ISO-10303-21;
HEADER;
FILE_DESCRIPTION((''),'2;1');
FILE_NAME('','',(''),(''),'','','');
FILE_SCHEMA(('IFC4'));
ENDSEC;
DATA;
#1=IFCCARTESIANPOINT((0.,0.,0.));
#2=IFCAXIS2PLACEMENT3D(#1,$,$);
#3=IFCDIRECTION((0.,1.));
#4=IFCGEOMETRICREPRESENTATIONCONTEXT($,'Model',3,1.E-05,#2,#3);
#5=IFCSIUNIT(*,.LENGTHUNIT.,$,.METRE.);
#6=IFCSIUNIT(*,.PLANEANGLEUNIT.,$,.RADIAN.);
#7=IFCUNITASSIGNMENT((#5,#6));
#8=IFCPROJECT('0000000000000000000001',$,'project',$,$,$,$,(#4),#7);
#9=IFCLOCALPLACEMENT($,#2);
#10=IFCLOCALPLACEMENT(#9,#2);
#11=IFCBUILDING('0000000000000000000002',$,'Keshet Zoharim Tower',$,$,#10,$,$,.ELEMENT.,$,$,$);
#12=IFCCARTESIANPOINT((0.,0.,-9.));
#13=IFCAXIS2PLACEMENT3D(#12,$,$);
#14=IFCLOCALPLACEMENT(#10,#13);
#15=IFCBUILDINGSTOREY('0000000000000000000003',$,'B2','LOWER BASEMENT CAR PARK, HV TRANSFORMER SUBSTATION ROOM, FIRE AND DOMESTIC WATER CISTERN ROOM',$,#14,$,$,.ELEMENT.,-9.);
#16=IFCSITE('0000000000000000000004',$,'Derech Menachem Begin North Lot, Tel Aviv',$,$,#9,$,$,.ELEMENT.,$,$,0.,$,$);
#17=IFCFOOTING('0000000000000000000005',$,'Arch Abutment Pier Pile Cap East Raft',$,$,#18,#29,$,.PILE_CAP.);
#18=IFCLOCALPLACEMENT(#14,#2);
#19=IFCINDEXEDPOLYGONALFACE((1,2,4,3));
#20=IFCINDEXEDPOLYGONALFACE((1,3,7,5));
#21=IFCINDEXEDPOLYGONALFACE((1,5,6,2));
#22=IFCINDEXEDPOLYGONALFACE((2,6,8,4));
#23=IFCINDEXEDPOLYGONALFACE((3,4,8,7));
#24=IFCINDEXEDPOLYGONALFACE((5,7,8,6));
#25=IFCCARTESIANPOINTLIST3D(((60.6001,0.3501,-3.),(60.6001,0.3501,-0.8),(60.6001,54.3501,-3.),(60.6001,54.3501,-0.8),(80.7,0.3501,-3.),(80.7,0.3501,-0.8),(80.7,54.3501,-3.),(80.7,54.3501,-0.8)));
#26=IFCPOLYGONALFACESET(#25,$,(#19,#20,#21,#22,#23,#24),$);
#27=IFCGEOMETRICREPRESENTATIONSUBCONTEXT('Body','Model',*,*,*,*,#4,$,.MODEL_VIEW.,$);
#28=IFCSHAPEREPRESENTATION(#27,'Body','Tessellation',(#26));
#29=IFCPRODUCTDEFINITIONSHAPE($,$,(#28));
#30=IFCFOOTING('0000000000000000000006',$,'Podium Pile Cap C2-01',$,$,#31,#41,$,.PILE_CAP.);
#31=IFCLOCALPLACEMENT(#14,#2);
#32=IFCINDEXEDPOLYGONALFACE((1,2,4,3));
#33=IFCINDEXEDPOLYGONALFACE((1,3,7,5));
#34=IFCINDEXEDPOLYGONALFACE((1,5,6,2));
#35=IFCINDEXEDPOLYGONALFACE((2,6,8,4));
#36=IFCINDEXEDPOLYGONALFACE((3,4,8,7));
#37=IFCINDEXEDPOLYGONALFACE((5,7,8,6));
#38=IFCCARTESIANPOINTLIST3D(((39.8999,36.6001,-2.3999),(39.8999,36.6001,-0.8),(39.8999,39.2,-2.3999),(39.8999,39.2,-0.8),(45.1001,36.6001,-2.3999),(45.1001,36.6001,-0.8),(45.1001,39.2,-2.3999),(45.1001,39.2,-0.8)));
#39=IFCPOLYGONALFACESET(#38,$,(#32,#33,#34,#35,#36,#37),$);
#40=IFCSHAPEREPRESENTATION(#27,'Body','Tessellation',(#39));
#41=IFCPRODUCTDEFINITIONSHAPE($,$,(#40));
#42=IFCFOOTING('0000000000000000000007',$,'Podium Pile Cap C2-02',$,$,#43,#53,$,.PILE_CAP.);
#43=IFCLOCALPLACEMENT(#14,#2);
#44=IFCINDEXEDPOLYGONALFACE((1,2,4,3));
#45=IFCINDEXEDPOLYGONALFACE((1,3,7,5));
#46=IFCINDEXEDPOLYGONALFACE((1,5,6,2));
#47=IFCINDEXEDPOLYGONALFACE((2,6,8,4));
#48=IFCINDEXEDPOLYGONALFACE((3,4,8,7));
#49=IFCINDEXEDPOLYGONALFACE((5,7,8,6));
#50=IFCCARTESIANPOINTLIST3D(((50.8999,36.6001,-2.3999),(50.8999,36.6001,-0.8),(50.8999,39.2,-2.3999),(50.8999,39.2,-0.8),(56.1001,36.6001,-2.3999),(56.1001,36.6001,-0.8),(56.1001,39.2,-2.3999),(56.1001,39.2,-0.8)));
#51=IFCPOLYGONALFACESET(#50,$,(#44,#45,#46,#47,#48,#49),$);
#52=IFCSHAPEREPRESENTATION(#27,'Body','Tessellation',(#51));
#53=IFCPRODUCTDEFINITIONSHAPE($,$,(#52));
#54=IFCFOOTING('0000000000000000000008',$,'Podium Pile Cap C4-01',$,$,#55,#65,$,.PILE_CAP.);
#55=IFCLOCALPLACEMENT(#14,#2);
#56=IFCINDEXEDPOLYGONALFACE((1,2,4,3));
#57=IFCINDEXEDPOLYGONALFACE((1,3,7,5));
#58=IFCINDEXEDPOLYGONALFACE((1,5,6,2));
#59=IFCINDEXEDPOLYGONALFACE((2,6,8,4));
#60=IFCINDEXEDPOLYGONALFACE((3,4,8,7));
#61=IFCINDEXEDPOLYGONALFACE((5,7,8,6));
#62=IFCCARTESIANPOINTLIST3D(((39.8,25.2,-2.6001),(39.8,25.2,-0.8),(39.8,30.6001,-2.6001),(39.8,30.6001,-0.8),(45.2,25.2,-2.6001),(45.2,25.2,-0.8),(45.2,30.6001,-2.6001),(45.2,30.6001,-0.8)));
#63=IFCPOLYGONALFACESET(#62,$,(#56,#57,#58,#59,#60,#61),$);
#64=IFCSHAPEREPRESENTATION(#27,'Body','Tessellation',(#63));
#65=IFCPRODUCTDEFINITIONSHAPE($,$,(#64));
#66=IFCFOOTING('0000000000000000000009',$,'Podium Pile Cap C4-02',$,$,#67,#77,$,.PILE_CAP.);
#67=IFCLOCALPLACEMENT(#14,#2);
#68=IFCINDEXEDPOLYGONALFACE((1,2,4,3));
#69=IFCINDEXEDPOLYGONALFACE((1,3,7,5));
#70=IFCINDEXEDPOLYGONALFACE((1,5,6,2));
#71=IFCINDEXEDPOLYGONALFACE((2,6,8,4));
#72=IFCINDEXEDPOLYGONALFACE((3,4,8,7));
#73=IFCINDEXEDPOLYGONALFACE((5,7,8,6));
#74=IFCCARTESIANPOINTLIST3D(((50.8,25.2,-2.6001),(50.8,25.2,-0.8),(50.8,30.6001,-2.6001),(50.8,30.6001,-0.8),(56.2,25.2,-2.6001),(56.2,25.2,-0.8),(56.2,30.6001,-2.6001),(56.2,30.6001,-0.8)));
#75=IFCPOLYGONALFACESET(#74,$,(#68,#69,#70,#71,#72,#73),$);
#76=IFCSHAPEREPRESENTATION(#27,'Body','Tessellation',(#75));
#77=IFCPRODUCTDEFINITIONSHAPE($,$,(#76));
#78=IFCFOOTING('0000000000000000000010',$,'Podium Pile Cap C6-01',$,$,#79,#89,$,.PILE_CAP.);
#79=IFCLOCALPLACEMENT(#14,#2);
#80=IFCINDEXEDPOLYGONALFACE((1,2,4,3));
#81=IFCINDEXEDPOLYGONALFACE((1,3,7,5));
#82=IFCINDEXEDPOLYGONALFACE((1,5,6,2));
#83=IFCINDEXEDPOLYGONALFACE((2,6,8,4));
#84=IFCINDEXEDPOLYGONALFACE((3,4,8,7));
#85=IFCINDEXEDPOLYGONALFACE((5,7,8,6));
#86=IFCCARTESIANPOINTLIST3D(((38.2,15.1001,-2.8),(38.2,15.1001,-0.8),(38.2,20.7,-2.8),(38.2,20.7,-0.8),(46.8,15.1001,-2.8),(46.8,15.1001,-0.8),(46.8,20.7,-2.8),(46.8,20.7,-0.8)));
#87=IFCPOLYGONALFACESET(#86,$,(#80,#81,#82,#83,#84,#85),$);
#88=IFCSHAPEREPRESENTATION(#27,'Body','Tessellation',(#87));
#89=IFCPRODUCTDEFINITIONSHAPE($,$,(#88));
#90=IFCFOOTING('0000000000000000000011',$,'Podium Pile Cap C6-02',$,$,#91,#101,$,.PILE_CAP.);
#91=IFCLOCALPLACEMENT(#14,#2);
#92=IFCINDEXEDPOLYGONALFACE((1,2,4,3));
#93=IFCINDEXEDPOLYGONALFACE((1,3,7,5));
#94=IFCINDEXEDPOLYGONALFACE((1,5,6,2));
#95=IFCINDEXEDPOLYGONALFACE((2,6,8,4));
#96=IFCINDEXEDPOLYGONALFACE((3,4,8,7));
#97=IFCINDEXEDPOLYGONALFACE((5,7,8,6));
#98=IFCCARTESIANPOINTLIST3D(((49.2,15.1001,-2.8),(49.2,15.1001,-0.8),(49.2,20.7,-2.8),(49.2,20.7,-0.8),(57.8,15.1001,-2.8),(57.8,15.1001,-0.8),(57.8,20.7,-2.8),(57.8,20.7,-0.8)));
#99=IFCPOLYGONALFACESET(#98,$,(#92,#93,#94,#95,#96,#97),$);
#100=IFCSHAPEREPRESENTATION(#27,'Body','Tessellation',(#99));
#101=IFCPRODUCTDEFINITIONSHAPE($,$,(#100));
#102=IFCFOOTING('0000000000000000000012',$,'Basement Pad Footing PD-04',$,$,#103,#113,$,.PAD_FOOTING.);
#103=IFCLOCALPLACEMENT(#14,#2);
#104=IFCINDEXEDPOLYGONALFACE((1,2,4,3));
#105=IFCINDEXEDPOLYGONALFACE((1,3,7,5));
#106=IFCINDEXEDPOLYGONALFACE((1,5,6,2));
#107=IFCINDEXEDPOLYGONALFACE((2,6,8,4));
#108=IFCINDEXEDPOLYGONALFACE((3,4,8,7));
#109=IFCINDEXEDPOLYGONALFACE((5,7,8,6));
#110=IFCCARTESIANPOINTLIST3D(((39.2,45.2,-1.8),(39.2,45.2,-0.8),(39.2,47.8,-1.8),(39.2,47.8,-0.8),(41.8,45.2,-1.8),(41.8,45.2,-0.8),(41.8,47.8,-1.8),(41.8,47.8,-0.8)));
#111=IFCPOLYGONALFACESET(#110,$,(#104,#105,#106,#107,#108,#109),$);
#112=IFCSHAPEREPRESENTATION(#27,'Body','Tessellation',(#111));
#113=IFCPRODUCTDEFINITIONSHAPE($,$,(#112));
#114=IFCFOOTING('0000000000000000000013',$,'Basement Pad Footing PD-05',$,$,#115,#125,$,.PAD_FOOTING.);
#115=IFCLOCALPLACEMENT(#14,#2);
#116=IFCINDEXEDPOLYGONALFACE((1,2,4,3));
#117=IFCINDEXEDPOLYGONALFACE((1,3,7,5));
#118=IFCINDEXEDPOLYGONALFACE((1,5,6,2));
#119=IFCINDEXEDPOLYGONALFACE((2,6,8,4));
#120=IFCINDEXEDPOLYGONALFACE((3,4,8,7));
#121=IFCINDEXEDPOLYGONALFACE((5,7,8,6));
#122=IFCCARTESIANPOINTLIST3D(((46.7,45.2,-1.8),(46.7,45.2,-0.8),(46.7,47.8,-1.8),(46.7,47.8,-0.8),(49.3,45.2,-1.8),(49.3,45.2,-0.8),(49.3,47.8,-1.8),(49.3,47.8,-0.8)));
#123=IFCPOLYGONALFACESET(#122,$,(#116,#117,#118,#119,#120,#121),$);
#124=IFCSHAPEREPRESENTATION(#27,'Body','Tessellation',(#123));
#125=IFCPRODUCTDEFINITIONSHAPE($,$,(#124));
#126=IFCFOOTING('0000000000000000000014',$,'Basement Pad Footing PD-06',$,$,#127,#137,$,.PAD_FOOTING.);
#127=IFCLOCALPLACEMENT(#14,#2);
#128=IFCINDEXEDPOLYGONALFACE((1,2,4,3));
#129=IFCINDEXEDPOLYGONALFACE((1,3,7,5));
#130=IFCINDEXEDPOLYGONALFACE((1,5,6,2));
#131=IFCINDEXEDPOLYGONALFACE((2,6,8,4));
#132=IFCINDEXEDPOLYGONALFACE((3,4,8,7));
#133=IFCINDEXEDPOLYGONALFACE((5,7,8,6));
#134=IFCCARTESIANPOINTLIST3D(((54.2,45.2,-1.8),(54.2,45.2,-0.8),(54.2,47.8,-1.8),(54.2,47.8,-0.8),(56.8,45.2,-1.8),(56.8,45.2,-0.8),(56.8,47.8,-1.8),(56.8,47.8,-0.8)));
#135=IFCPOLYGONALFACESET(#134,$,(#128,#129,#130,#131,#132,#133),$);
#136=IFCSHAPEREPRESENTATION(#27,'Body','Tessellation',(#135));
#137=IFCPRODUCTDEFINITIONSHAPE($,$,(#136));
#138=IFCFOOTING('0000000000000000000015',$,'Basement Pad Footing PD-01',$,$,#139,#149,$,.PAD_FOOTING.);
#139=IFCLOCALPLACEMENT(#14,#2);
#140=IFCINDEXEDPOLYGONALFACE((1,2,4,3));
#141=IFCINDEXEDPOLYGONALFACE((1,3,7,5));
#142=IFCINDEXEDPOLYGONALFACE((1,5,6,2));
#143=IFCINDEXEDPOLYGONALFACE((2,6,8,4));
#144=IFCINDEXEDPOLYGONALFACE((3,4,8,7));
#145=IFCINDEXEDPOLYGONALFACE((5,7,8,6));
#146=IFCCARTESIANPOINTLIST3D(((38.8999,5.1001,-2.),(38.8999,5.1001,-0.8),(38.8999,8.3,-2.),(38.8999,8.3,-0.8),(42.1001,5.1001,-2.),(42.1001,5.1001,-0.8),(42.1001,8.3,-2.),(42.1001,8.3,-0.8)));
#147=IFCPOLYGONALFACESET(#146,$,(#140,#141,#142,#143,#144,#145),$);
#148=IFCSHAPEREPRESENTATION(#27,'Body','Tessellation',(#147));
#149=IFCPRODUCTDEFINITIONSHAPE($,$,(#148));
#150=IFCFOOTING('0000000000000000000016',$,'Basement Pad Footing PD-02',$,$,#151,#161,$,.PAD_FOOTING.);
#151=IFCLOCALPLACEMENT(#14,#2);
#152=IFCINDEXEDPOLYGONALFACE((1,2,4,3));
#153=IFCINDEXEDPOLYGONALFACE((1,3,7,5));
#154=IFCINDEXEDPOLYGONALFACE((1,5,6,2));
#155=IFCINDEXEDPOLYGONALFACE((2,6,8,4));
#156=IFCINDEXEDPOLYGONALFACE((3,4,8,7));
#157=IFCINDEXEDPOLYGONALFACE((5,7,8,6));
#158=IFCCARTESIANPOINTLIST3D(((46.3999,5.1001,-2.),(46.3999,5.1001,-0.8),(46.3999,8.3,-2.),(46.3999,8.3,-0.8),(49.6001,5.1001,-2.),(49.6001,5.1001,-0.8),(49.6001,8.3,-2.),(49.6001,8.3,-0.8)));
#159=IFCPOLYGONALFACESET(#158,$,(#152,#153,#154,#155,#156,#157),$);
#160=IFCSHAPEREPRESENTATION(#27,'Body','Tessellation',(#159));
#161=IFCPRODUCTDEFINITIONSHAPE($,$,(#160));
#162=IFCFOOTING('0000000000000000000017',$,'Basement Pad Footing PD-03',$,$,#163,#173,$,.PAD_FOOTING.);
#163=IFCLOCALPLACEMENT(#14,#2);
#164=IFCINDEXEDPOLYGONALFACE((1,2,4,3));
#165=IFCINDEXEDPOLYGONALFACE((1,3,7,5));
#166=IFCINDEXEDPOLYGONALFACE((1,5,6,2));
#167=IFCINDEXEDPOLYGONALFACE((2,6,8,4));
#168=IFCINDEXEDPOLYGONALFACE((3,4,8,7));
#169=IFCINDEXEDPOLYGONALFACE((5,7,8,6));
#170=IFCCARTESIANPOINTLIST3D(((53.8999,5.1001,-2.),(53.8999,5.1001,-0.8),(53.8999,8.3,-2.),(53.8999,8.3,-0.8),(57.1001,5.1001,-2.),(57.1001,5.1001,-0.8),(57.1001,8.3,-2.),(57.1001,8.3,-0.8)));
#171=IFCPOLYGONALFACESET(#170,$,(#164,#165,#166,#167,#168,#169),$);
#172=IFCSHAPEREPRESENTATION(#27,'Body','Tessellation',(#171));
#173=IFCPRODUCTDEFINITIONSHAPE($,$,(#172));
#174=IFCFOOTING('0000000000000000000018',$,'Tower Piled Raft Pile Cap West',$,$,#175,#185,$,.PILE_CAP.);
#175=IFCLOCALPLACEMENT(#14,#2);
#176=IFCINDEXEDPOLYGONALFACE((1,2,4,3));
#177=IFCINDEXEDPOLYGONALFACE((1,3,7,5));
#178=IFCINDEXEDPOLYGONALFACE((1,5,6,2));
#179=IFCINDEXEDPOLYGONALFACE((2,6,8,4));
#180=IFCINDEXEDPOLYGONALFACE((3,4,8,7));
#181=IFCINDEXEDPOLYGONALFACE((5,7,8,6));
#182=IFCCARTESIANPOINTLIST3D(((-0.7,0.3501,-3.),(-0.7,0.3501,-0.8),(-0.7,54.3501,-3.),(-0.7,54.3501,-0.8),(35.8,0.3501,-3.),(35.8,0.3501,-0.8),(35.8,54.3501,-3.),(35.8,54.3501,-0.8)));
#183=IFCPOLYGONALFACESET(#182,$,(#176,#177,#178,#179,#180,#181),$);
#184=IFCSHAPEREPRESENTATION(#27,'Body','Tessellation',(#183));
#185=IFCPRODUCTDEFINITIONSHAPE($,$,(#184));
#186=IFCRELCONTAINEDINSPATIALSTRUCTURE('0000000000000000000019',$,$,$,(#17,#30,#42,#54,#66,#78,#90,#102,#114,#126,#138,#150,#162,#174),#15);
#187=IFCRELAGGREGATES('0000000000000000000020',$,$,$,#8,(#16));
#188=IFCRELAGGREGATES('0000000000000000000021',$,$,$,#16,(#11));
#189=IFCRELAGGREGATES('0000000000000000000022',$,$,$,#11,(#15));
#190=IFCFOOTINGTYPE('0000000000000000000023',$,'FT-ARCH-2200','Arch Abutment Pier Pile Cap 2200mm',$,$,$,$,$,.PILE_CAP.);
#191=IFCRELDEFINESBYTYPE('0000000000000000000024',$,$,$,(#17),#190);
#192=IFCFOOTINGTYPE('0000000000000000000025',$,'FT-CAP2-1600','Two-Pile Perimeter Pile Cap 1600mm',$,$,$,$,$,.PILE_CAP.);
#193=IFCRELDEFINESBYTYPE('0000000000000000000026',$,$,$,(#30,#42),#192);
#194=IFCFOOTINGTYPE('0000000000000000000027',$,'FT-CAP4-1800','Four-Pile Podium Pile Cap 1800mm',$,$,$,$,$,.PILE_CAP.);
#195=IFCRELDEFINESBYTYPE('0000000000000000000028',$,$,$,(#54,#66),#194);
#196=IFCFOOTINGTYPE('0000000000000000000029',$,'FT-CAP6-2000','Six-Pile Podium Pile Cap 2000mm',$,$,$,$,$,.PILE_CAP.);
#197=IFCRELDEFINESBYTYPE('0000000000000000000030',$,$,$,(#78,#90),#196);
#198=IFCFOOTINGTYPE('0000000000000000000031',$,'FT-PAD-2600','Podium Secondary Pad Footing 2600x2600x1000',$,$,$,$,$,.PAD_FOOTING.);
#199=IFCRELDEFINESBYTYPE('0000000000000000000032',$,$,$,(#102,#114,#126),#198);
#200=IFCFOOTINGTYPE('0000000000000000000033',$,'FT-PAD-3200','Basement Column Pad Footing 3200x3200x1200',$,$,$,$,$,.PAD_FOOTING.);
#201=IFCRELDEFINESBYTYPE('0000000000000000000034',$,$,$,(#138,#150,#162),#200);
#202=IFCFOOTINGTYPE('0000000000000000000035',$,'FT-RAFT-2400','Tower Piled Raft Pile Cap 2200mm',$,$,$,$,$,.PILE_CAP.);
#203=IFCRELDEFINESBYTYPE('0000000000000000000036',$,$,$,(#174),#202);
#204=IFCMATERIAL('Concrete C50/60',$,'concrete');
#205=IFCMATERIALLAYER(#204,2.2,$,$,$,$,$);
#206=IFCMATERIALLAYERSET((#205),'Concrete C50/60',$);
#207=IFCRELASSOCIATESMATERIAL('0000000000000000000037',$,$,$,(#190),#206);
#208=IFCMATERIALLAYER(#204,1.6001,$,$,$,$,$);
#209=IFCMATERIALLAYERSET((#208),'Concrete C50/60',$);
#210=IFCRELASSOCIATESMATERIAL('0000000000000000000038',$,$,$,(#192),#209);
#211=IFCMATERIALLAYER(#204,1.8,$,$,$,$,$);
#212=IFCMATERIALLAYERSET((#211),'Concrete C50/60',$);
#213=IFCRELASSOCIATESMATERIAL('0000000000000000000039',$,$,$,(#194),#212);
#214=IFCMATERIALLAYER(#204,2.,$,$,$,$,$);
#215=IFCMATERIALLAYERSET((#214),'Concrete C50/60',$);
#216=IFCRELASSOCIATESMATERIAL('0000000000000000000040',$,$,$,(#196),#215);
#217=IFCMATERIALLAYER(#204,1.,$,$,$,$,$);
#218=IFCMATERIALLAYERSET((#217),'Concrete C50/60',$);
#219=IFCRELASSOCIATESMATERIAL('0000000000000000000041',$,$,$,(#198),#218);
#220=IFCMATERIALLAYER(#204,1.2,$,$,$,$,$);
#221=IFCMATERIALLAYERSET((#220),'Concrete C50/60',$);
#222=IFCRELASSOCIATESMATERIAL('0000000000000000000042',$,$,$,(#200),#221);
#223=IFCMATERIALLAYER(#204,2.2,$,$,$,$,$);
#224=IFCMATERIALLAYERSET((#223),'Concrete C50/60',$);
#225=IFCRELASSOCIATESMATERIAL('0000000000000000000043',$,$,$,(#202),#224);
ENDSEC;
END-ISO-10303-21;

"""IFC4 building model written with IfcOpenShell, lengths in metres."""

from ifc_helpers import new_model, si_unit, direction, frame, origin, place, context, subcontext, project, spatial, polyline, outline, extrude, material, layer, layer_set, type_object, element, save


model = new_model("IFC4")

# Units and contexts
model_context = context("Model", 3, precision=1e-05, world=origin(), true_north=direction((0.0, 1.0)))
body_context = subcontext(model_context, "Body", "Model", "MODEL_VIEW")
ifc_project = project(units=[si_unit("LENGTHUNIT", "METRE"), si_unit("PLANEANGLEUNIT", "RADIAN")], contexts=[model_context])

# Site, building, storey
site_placement = place(None, origin())
site = spatial("IfcSite", under=ifc_project, at=site_placement, Name="Derech Menachem Begin North Lot, Tel Aviv", CompositionType="ELEMENT", RefElevation=0.0)
building_placement = place(site_placement, origin())
building = spatial("IfcBuilding", under=site, at=building_placement, Name="Keshet Zoharim Tower", CompositionType="ELEMENT")
storey_placement = place(building_placement, frame((0.0, 0.0, -9.0)))
storey = spatial("IfcBuildingStorey", under=building, at=storey_placement, Name="B2", Description="LOWER BASEMENT CAR PARK, HV TRANSFORMER SUBSTATION ROOM, FIRE AND DOMESTIC WATER CISTERN ROOM", CompositionType="ELEMENT", Elevation=-9.0)

# Footings
ifc_material_1 = material(Name="Concrete C50/60", Category="concrete")
ifc_layer_1 = layer(ifc_material_1, 2.2)
ifc_layer_set_1 = layer_set([ifc_layer_1], Name="Concrete C50/60")
footing_type_1 = type_object("IfcFootingType", Name="FT-ARCH-2200", Description="Arch Abutment Pier Pile Cap 2200mm", PredefinedType="PILE_CAP", material=ifc_layer_set_1)
footing_1_placement = place(storey_placement, frame((0.0, 0.0, -3.0)))
element("IfcFooting", 1, at=footing_1_placement, inside=storey, type_object=footing_type_1, Name="Arch Abutment Pier Pile Cap East Raft", PredefinedType="PILE_CAP", context=body_context, shape_type="SweptSolid", body=[
    extrude(outline(polyline([(60.6001, 0.3501), (80.7, 0.3501), (80.7, 54.3501), (60.6001, 54.3501), (60.6001, 0.3501)])), origin(), (0.0, 0.0, 1.0), 2.2),
])
ifc_layer_2 = layer(ifc_material_1, 1.6001)
ifc_layer_set_2 = layer_set([ifc_layer_2], Name="Concrete C50/60")
footing_type_2 = type_object("IfcFootingType", Name="FT-CAP2-1600", Description="Two-Pile Perimeter Pile Cap 1600mm", PredefinedType="PILE_CAP", material=ifc_layer_set_2)
footing_2_placement = place(storey_placement, frame((0.0, 0.0, -2.3999)))
element("IfcFooting", 2, at=footing_2_placement, inside=storey, type_object=footing_type_2, Name="Podium Pile Cap C2-01", PredefinedType="PILE_CAP", context=body_context, shape_type="SweptSolid", body=[
    extrude(outline(polyline([(39.8999, 36.6001), (45.1001, 36.6001), (45.1001, 39.2), (39.8999, 39.2), (39.8999, 36.6001)])), origin(), (0.0, 0.0, 1.0), 1.5999),
])
footing_3_placement = place(storey_placement, frame((0.0, 0.0, -2.3999)))
element("IfcFooting", 3, at=footing_3_placement, inside=storey, type_object=footing_type_2, Name="Podium Pile Cap C2-02", PredefinedType="PILE_CAP", context=body_context, shape_type="SweptSolid", body=[
    extrude(outline(polyline([(50.8999, 36.6001), (56.1001, 36.6001), (56.1001, 39.2), (50.8999, 39.2), (50.8999, 36.6001)])), origin(), (0.0, 0.0, 1.0), 1.5999),
])
ifc_layer_3 = layer(ifc_material_1, 1.8)
ifc_layer_set_3 = layer_set([ifc_layer_3], Name="Concrete C50/60")
footing_type_3 = type_object("IfcFootingType", Name="FT-CAP4-1800", Description="Four-Pile Podium Pile Cap 1800mm", PredefinedType="PILE_CAP", material=ifc_layer_set_3)
footing_4_placement = place(storey_placement, frame((0.0, 0.0, -2.6001)))
element("IfcFooting", 4, at=footing_4_placement, inside=storey, type_object=footing_type_3, Name="Podium Pile Cap C4-01", PredefinedType="PILE_CAP", context=body_context, shape_type="SweptSolid", body=[
    extrude(outline(polyline([(39.8, 25.2), (45.2, 25.2), (45.2, 30.6001), (39.8, 30.6001), (39.8, 25.2)])), origin(), (0.0, 0.0, 1.0), 1.8),
])
footing_5_placement = place(storey_placement, frame((0.0, 0.0, -2.6001)))
element("IfcFooting", 5, at=footing_5_placement, inside=storey, type_object=footing_type_3, Name="Podium Pile Cap C4-02", PredefinedType="PILE_CAP", context=body_context, shape_type="SweptSolid", body=[
    extrude(outline(polyline([(50.8, 25.2), (56.2, 25.2), (56.2, 30.6001), (50.8, 30.6001), (50.8, 25.2)])), origin(), (0.0, 0.0, 1.0), 1.8),
])
ifc_layer_4 = layer(ifc_material_1, 2.0)
ifc_layer_set_4 = layer_set([ifc_layer_4], Name="Concrete C50/60")
footing_type_4 = type_object("IfcFootingType", Name="FT-CAP6-2000", Description="Six-Pile Podium Pile Cap 2000mm", PredefinedType="PILE_CAP", material=ifc_layer_set_4)
footing_6_placement = place(storey_placement, frame((0.0, 0.0, -2.8)))
element("IfcFooting", 6, at=footing_6_placement, inside=storey, type_object=footing_type_4, Name="Podium Pile Cap C6-01", PredefinedType="PILE_CAP", context=body_context, shape_type="SweptSolid", body=[
    extrude(outline(polyline([(38.2, 15.1001), (46.8, 15.1001), (46.8, 20.7), (38.2, 20.7), (38.2, 15.1001)])), origin(), (0.0, 0.0, 1.0), 2.0),
])
footing_7_placement = place(storey_placement, frame((0.0, 0.0, -2.8)))
element("IfcFooting", 7, at=footing_7_placement, inside=storey, type_object=footing_type_4, Name="Podium Pile Cap C6-02", PredefinedType="PILE_CAP", context=body_context, shape_type="SweptSolid", body=[
    extrude(outline(polyline([(49.2, 15.1001), (57.8, 15.1001), (57.8, 20.7), (49.2, 20.7), (49.2, 15.1001)])), origin(), (0.0, 0.0, 1.0), 2.0),
])
ifc_layer_5 = layer(ifc_material_1, 1.0)
ifc_layer_set_5 = layer_set([ifc_layer_5], Name="Concrete C50/60")
footing_type_5 = type_object("IfcFootingType", Name="FT-PAD-2600", Description="Podium Secondary Pad Footing 2600x2600x1000", PredefinedType="PAD_FOOTING", material=ifc_layer_set_5)
footing_8_placement = place(storey_placement, frame((0.0, 0.0, -1.8)))
element("IfcFooting", 8, at=footing_8_placement, inside=storey, type_object=footing_type_5, Name="Basement Pad Footing PD-04", PredefinedType="PAD_FOOTING", context=body_context, shape_type="SweptSolid", body=[
    extrude(outline(polyline([(39.2, 45.2), (41.8, 45.2), (41.8, 47.8), (39.2, 47.8), (39.2, 45.2)])), origin(), (0.0, 0.0, 1.0), 1.0),
])
footing_9_placement = place(storey_placement, frame((0.0, 0.0, -1.8)))
element("IfcFooting", 9, at=footing_9_placement, inside=storey, type_object=footing_type_5, Name="Basement Pad Footing PD-05", PredefinedType="PAD_FOOTING", context=body_context, shape_type="SweptSolid", body=[
    extrude(outline(polyline([(46.7, 45.2), (49.3, 45.2), (49.3, 47.8), (46.7, 47.8), (46.7, 45.2)])), origin(), (0.0, 0.0, 1.0), 1.0),
])
footing_10_placement = place(storey_placement, frame((0.0, 0.0, -1.8)))
element("IfcFooting", 10, at=footing_10_placement, inside=storey, type_object=footing_type_5, Name="Basement Pad Footing PD-06", PredefinedType="PAD_FOOTING", context=body_context, shape_type="SweptSolid", body=[
    extrude(outline(polyline([(54.2, 45.2), (56.8, 45.2), (56.8, 47.8), (54.2, 47.8), (54.2, 45.2)])), origin(), (0.0, 0.0, 1.0), 1.0),
])
ifc_layer_6 = layer(ifc_material_1, 1.2)
ifc_layer_set_6 = layer_set([ifc_layer_6], Name="Concrete C50/60")
footing_type_6 = type_object("IfcFootingType", Name="FT-PAD-3200", Description="Basement Column Pad Footing 3200x3200x1200", PredefinedType="PAD_FOOTING", material=ifc_layer_set_6)
footing_11_placement = place(storey_placement, frame((0.0, 0.0, -2.0)))
element("IfcFooting", 11, at=footing_11_placement, inside=storey, type_object=footing_type_6, Name="Basement Pad Footing PD-01", PredefinedType="PAD_FOOTING", context=body_context, shape_type="SweptSolid", body=[
    extrude(outline(polyline([(38.8999, 5.1001), (42.1001, 5.1001), (42.1001, 8.3), (38.8999, 8.3), (38.8999, 5.1001)])), origin(), (0.0, 0.0, 1.0), 1.2),
])
footing_12_placement = place(storey_placement, frame((0.0, 0.0, -2.0)))
element("IfcFooting", 12, at=footing_12_placement, inside=storey, type_object=footing_type_6, Name="Basement Pad Footing PD-02", PredefinedType="PAD_FOOTING", context=body_context, shape_type="SweptSolid", body=[
    extrude(outline(polyline([(46.3999, 5.1001), (49.6001, 5.1001), (49.6001, 8.3), (46.3999, 8.3), (46.3999, 5.1001)])), origin(), (0.0, 0.0, 1.0), 1.2),
])
footing_13_placement = place(storey_placement, frame((0.0, 0.0, -2.0)))
element("IfcFooting", 13, at=footing_13_placement, inside=storey, type_object=footing_type_6, Name="Basement Pad Footing PD-03", PredefinedType="PAD_FOOTING", context=body_context, shape_type="SweptSolid", body=[
    extrude(outline(polyline([(53.8999, 5.1001), (57.1001, 5.1001), (57.1001, 8.3), (53.8999, 8.3), (53.8999, 5.1001)])), origin(), (0.0, 0.0, 1.0), 1.2),
])
ifc_layer_7 = layer(ifc_material_1, 2.2)
ifc_layer_set_7 = layer_set([ifc_layer_7], Name="Concrete C50/60")
footing_type_7 = type_object("IfcFootingType", Name="FT-RAFT-2400", Description="Tower Piled Raft Pile Cap 2200mm", PredefinedType="PILE_CAP", material=ifc_layer_set_7)
footing_14_placement = place(storey_placement, frame((0.0, 0.0, -3.0)))
element("IfcFooting", 14, at=footing_14_placement, inside=storey, type_object=footing_type_7, Name="Tower Piled Raft Pile Cap West", PredefinedType="PILE_CAP", context=body_context, shape_type="SweptSolid", body=[
    extrude(outline(polyline([(-0.7, 0.3501), (35.8, 0.3501), (35.8, 54.3501), (-0.7, 54.3501), (-0.7, 0.3501)])), origin(), (0.0, 0.0, 1.0), 2.2),
])

save(model, "model.ifc")
